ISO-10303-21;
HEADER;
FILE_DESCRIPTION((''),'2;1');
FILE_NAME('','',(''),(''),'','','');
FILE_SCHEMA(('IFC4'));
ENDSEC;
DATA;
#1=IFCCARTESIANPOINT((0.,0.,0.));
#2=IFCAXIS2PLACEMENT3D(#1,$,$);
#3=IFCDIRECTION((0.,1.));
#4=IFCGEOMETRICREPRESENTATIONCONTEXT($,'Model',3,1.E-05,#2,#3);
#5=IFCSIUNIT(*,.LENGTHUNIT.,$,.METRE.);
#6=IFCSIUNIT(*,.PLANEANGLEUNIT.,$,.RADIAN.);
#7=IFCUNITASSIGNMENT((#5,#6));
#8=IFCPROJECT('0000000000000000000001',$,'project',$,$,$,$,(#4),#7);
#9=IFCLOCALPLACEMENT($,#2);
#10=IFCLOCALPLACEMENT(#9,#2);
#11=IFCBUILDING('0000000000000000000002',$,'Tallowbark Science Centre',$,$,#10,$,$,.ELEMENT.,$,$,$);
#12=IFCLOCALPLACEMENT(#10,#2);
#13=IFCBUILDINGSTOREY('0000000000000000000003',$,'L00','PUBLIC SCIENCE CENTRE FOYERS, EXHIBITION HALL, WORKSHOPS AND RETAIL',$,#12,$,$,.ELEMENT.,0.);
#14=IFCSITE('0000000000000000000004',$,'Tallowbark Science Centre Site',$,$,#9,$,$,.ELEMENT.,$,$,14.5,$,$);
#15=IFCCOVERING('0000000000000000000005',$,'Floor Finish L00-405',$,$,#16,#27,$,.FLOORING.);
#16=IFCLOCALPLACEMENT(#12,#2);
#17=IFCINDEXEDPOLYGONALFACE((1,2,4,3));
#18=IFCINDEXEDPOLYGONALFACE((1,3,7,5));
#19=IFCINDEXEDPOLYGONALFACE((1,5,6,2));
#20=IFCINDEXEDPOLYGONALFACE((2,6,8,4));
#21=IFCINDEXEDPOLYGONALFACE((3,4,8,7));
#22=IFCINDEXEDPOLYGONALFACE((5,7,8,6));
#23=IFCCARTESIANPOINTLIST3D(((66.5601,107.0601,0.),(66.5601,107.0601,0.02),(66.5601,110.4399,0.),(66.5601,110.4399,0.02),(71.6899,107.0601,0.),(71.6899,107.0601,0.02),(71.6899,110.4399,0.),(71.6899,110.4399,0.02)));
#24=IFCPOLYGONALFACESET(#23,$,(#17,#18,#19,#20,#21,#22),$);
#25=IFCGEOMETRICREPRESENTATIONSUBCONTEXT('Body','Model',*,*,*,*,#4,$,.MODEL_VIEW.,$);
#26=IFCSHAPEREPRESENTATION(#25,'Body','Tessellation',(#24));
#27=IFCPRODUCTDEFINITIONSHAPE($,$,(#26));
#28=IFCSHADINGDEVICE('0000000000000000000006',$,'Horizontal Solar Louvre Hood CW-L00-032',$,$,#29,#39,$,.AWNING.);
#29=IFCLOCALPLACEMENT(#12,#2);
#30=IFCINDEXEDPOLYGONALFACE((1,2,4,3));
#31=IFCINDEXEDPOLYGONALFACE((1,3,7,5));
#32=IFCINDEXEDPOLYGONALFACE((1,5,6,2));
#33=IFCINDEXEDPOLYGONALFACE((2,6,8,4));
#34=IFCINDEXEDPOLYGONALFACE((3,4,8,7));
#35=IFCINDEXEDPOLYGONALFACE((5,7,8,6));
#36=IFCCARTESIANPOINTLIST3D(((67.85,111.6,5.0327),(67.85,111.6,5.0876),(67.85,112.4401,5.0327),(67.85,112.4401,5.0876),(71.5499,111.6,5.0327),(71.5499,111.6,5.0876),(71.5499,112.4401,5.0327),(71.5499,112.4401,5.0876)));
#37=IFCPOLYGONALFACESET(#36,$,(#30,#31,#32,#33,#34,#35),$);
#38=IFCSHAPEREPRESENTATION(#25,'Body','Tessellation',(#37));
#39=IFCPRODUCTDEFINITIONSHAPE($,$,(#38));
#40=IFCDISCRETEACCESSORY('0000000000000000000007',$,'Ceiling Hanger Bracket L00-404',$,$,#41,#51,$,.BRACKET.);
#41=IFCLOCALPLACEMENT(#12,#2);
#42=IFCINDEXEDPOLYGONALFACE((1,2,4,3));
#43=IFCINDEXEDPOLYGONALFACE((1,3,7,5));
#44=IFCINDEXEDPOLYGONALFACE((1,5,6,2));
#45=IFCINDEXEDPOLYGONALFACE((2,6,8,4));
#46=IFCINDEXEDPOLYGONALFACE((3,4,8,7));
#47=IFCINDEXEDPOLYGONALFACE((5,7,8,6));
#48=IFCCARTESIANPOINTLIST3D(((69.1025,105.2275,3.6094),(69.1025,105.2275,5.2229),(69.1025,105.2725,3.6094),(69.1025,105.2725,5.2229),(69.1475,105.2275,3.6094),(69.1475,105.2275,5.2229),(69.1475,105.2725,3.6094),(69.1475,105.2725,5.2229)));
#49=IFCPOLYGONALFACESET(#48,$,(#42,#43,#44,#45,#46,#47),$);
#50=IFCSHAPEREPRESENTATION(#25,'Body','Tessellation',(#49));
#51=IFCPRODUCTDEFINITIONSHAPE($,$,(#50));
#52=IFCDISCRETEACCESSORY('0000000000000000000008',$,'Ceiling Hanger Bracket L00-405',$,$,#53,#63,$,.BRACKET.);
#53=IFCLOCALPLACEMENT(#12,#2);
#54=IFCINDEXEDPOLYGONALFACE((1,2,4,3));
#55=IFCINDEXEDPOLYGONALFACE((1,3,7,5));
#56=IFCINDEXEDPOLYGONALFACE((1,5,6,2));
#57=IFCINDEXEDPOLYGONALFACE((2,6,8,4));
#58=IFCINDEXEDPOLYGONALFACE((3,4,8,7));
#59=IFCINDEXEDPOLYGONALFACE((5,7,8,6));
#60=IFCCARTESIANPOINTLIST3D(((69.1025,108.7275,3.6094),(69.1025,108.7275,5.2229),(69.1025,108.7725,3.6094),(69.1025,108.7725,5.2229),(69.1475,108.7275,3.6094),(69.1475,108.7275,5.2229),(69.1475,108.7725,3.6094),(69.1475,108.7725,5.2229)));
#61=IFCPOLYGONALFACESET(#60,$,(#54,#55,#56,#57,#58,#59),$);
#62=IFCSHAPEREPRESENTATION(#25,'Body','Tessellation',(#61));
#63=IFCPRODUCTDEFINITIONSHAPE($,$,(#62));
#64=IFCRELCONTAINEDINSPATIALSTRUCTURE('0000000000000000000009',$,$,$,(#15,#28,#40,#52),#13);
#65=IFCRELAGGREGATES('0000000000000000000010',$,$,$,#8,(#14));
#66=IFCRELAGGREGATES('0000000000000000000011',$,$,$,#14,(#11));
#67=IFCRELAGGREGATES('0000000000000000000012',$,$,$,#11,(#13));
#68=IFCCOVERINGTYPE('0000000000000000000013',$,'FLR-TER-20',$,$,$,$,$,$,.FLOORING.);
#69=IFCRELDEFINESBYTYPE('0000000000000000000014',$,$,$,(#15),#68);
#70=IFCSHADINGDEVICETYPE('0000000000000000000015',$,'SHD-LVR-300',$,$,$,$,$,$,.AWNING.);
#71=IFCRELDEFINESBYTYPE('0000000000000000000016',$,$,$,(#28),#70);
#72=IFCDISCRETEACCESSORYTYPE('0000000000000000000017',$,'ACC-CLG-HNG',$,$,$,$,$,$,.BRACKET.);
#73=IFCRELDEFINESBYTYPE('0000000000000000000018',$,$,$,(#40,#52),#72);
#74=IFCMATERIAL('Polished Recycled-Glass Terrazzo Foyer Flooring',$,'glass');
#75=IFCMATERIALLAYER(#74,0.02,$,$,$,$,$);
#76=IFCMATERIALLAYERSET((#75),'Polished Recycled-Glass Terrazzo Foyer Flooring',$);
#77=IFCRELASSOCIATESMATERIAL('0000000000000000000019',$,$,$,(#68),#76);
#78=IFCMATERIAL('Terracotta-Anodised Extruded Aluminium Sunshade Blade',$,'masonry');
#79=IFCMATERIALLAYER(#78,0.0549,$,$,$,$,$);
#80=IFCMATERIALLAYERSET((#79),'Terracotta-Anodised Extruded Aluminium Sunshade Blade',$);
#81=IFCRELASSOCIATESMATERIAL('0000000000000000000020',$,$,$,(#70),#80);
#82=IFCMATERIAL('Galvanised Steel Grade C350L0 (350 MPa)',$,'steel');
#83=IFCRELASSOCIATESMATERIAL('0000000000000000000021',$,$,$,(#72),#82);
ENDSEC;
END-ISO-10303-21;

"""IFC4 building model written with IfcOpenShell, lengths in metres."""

from ifc_helpers import new_model, si_unit, direction, frame, origin, origin_2d, place, context, subcontext, project, spatial, rectangle, extrude, material, layer, layer_set, type_object, element, save


model = new_model("IFC4")

# Units and contexts
model_context = context("Model", 3, precision=1e-05, world=origin(), true_north=direction((0.0, 1.0)))
body_context = subcontext(model_context, "Body", "Model", "MODEL_VIEW")
ifc_project = project(units=[si_unit("LENGTHUNIT", "METRE"), si_unit("PLANEANGLEUNIT", "RADIAN")], contexts=[model_context])

# Site, building, storey
site_placement = place(None, origin())
site = spatial("IfcSite", under=ifc_project, at=site_placement, Name="Tallowbark Science Centre Site", CompositionType="ELEMENT", RefElevation=14.5)
building_placement = place(site_placement, origin())
building = spatial("IfcBuilding", under=site, at=building_placement, Name="Tallowbark Science Centre", CompositionType="ELEMENT")
storey_placement = place(building_placement, origin())
storey = spatial("IfcBuildingStorey", under=building, at=storey_placement, Name="L00", Description="PUBLIC SCIENCE CENTRE FOYERS, EXHIBITION HALL, WORKSHOPS AND RETAIL", CompositionType="ELEMENT", Elevation=0.0)

# Covering
ifc_material_1 = material(Name="Polished Recycled-Glass Terrazzo Foyer Flooring", Category="glass")
ifc_layer_1 = layer(ifc_material_1, 0.02)
ifc_layer_set_1 = layer_set([ifc_layer_1], Name="Polished Recycled-Glass Terrazzo Foyer Flooring")
covering_type_1 = type_object("IfcCoveringType", Name="FLR-TER-20", PredefinedType="FLOORING", material=ifc_layer_set_1)
for number, where, z_axis, x_axis, name in (
    (1, (69.125, 108.75, 0.0), (0.0, 0.0, 1.0), (1.0, 0.0, 0.0), "Floor Finish L00-405"),
):
    element("IfcCovering", number, at=place(storey_placement, frame(where, z_axis=z_axis, x_axis=x_axis)), inside=storey, type_object=covering_type_1, Name=name, PredefinedType="FLOORING", context=body_context, shape_type="SweptSolid", body=[
        extrude(rectangle(XDim=5.1299, YDim=3.3799, at=origin_2d()), origin(), (0.0, 0.0, 1.0), 0.02),
    ])

# Shading device
ifc_material_2 = material(Name="Terracotta-Anodised Extruded Aluminium Sunshade Blade", Category="masonry")
ifc_layer_2 = layer(ifc_material_2, 0.0549)
ifc_layer_set_2 = layer_set([ifc_layer_2], Name="Terracotta-Anodised Extruded Aluminium Sunshade Blade")
shading_device_type = type_object("IfcShadingDeviceType", Name="SHD-LVR-300", PredefinedType="AWNING", material=ifc_layer_set_2)
shading_device_placement = place(storey_placement, frame((69.7, 112.02, 5.0327), z_axis=(0.0, 0.0, 1.0), x_axis=(-1.0, 0.0, 0.0)))
element("IfcShadingDevice", 2, at=shading_device_placement, inside=storey, type_object=shading_device_type, Name="Horizontal Solar Louvre Hood CW-L00-032", PredefinedType="AWNING", context=body_context, shape_type="SweptSolid", body=[
    extrude(rectangle(XDim=3.7, YDim=0.8401, at=origin_2d()), origin(), (0.0, 0.0, 1.0), 0.0549),
])

# Discrete accessories
ifc_material_3 = material(Name="Galvanised Steel Grade C350L0 (350 MPa)", Category="steel")
discrete_accessory_type = type_object("IfcDiscreteAccessoryType", Name="ACC-CLG-HNG", PredefinedType="BRACKET", material=ifc_material_3)
for number, where, z_axis, x_axis, name in (
    (3, (69.125, 105.25, 3.6094), (0.0, 0.0, 1.0), (1.0, 0.0, 0.0), "Ceiling Hanger Bracket L00-404"),
    (4, (69.125, 108.75, 3.6094), (0.0, 0.0, 1.0), (1.0, 0.0, 0.0), "Ceiling Hanger Bracket L00-405"),
):
    element("IfcDiscreteAccessory", number, at=place(storey_placement, frame(where, z_axis=z_axis, x_axis=x_axis)), inside=storey, type_object=discrete_accessory_type, Name=name, PredefinedType="BRACKET", context=body_context, shape_type="SweptSolid", body=[
        extrude(rectangle(XDim=0.0449, YDim=0.0449, at=origin_2d()), origin(), (0.0, 0.0, 1.0), 1.6135),
    ])

save(model, "model.ifc")
